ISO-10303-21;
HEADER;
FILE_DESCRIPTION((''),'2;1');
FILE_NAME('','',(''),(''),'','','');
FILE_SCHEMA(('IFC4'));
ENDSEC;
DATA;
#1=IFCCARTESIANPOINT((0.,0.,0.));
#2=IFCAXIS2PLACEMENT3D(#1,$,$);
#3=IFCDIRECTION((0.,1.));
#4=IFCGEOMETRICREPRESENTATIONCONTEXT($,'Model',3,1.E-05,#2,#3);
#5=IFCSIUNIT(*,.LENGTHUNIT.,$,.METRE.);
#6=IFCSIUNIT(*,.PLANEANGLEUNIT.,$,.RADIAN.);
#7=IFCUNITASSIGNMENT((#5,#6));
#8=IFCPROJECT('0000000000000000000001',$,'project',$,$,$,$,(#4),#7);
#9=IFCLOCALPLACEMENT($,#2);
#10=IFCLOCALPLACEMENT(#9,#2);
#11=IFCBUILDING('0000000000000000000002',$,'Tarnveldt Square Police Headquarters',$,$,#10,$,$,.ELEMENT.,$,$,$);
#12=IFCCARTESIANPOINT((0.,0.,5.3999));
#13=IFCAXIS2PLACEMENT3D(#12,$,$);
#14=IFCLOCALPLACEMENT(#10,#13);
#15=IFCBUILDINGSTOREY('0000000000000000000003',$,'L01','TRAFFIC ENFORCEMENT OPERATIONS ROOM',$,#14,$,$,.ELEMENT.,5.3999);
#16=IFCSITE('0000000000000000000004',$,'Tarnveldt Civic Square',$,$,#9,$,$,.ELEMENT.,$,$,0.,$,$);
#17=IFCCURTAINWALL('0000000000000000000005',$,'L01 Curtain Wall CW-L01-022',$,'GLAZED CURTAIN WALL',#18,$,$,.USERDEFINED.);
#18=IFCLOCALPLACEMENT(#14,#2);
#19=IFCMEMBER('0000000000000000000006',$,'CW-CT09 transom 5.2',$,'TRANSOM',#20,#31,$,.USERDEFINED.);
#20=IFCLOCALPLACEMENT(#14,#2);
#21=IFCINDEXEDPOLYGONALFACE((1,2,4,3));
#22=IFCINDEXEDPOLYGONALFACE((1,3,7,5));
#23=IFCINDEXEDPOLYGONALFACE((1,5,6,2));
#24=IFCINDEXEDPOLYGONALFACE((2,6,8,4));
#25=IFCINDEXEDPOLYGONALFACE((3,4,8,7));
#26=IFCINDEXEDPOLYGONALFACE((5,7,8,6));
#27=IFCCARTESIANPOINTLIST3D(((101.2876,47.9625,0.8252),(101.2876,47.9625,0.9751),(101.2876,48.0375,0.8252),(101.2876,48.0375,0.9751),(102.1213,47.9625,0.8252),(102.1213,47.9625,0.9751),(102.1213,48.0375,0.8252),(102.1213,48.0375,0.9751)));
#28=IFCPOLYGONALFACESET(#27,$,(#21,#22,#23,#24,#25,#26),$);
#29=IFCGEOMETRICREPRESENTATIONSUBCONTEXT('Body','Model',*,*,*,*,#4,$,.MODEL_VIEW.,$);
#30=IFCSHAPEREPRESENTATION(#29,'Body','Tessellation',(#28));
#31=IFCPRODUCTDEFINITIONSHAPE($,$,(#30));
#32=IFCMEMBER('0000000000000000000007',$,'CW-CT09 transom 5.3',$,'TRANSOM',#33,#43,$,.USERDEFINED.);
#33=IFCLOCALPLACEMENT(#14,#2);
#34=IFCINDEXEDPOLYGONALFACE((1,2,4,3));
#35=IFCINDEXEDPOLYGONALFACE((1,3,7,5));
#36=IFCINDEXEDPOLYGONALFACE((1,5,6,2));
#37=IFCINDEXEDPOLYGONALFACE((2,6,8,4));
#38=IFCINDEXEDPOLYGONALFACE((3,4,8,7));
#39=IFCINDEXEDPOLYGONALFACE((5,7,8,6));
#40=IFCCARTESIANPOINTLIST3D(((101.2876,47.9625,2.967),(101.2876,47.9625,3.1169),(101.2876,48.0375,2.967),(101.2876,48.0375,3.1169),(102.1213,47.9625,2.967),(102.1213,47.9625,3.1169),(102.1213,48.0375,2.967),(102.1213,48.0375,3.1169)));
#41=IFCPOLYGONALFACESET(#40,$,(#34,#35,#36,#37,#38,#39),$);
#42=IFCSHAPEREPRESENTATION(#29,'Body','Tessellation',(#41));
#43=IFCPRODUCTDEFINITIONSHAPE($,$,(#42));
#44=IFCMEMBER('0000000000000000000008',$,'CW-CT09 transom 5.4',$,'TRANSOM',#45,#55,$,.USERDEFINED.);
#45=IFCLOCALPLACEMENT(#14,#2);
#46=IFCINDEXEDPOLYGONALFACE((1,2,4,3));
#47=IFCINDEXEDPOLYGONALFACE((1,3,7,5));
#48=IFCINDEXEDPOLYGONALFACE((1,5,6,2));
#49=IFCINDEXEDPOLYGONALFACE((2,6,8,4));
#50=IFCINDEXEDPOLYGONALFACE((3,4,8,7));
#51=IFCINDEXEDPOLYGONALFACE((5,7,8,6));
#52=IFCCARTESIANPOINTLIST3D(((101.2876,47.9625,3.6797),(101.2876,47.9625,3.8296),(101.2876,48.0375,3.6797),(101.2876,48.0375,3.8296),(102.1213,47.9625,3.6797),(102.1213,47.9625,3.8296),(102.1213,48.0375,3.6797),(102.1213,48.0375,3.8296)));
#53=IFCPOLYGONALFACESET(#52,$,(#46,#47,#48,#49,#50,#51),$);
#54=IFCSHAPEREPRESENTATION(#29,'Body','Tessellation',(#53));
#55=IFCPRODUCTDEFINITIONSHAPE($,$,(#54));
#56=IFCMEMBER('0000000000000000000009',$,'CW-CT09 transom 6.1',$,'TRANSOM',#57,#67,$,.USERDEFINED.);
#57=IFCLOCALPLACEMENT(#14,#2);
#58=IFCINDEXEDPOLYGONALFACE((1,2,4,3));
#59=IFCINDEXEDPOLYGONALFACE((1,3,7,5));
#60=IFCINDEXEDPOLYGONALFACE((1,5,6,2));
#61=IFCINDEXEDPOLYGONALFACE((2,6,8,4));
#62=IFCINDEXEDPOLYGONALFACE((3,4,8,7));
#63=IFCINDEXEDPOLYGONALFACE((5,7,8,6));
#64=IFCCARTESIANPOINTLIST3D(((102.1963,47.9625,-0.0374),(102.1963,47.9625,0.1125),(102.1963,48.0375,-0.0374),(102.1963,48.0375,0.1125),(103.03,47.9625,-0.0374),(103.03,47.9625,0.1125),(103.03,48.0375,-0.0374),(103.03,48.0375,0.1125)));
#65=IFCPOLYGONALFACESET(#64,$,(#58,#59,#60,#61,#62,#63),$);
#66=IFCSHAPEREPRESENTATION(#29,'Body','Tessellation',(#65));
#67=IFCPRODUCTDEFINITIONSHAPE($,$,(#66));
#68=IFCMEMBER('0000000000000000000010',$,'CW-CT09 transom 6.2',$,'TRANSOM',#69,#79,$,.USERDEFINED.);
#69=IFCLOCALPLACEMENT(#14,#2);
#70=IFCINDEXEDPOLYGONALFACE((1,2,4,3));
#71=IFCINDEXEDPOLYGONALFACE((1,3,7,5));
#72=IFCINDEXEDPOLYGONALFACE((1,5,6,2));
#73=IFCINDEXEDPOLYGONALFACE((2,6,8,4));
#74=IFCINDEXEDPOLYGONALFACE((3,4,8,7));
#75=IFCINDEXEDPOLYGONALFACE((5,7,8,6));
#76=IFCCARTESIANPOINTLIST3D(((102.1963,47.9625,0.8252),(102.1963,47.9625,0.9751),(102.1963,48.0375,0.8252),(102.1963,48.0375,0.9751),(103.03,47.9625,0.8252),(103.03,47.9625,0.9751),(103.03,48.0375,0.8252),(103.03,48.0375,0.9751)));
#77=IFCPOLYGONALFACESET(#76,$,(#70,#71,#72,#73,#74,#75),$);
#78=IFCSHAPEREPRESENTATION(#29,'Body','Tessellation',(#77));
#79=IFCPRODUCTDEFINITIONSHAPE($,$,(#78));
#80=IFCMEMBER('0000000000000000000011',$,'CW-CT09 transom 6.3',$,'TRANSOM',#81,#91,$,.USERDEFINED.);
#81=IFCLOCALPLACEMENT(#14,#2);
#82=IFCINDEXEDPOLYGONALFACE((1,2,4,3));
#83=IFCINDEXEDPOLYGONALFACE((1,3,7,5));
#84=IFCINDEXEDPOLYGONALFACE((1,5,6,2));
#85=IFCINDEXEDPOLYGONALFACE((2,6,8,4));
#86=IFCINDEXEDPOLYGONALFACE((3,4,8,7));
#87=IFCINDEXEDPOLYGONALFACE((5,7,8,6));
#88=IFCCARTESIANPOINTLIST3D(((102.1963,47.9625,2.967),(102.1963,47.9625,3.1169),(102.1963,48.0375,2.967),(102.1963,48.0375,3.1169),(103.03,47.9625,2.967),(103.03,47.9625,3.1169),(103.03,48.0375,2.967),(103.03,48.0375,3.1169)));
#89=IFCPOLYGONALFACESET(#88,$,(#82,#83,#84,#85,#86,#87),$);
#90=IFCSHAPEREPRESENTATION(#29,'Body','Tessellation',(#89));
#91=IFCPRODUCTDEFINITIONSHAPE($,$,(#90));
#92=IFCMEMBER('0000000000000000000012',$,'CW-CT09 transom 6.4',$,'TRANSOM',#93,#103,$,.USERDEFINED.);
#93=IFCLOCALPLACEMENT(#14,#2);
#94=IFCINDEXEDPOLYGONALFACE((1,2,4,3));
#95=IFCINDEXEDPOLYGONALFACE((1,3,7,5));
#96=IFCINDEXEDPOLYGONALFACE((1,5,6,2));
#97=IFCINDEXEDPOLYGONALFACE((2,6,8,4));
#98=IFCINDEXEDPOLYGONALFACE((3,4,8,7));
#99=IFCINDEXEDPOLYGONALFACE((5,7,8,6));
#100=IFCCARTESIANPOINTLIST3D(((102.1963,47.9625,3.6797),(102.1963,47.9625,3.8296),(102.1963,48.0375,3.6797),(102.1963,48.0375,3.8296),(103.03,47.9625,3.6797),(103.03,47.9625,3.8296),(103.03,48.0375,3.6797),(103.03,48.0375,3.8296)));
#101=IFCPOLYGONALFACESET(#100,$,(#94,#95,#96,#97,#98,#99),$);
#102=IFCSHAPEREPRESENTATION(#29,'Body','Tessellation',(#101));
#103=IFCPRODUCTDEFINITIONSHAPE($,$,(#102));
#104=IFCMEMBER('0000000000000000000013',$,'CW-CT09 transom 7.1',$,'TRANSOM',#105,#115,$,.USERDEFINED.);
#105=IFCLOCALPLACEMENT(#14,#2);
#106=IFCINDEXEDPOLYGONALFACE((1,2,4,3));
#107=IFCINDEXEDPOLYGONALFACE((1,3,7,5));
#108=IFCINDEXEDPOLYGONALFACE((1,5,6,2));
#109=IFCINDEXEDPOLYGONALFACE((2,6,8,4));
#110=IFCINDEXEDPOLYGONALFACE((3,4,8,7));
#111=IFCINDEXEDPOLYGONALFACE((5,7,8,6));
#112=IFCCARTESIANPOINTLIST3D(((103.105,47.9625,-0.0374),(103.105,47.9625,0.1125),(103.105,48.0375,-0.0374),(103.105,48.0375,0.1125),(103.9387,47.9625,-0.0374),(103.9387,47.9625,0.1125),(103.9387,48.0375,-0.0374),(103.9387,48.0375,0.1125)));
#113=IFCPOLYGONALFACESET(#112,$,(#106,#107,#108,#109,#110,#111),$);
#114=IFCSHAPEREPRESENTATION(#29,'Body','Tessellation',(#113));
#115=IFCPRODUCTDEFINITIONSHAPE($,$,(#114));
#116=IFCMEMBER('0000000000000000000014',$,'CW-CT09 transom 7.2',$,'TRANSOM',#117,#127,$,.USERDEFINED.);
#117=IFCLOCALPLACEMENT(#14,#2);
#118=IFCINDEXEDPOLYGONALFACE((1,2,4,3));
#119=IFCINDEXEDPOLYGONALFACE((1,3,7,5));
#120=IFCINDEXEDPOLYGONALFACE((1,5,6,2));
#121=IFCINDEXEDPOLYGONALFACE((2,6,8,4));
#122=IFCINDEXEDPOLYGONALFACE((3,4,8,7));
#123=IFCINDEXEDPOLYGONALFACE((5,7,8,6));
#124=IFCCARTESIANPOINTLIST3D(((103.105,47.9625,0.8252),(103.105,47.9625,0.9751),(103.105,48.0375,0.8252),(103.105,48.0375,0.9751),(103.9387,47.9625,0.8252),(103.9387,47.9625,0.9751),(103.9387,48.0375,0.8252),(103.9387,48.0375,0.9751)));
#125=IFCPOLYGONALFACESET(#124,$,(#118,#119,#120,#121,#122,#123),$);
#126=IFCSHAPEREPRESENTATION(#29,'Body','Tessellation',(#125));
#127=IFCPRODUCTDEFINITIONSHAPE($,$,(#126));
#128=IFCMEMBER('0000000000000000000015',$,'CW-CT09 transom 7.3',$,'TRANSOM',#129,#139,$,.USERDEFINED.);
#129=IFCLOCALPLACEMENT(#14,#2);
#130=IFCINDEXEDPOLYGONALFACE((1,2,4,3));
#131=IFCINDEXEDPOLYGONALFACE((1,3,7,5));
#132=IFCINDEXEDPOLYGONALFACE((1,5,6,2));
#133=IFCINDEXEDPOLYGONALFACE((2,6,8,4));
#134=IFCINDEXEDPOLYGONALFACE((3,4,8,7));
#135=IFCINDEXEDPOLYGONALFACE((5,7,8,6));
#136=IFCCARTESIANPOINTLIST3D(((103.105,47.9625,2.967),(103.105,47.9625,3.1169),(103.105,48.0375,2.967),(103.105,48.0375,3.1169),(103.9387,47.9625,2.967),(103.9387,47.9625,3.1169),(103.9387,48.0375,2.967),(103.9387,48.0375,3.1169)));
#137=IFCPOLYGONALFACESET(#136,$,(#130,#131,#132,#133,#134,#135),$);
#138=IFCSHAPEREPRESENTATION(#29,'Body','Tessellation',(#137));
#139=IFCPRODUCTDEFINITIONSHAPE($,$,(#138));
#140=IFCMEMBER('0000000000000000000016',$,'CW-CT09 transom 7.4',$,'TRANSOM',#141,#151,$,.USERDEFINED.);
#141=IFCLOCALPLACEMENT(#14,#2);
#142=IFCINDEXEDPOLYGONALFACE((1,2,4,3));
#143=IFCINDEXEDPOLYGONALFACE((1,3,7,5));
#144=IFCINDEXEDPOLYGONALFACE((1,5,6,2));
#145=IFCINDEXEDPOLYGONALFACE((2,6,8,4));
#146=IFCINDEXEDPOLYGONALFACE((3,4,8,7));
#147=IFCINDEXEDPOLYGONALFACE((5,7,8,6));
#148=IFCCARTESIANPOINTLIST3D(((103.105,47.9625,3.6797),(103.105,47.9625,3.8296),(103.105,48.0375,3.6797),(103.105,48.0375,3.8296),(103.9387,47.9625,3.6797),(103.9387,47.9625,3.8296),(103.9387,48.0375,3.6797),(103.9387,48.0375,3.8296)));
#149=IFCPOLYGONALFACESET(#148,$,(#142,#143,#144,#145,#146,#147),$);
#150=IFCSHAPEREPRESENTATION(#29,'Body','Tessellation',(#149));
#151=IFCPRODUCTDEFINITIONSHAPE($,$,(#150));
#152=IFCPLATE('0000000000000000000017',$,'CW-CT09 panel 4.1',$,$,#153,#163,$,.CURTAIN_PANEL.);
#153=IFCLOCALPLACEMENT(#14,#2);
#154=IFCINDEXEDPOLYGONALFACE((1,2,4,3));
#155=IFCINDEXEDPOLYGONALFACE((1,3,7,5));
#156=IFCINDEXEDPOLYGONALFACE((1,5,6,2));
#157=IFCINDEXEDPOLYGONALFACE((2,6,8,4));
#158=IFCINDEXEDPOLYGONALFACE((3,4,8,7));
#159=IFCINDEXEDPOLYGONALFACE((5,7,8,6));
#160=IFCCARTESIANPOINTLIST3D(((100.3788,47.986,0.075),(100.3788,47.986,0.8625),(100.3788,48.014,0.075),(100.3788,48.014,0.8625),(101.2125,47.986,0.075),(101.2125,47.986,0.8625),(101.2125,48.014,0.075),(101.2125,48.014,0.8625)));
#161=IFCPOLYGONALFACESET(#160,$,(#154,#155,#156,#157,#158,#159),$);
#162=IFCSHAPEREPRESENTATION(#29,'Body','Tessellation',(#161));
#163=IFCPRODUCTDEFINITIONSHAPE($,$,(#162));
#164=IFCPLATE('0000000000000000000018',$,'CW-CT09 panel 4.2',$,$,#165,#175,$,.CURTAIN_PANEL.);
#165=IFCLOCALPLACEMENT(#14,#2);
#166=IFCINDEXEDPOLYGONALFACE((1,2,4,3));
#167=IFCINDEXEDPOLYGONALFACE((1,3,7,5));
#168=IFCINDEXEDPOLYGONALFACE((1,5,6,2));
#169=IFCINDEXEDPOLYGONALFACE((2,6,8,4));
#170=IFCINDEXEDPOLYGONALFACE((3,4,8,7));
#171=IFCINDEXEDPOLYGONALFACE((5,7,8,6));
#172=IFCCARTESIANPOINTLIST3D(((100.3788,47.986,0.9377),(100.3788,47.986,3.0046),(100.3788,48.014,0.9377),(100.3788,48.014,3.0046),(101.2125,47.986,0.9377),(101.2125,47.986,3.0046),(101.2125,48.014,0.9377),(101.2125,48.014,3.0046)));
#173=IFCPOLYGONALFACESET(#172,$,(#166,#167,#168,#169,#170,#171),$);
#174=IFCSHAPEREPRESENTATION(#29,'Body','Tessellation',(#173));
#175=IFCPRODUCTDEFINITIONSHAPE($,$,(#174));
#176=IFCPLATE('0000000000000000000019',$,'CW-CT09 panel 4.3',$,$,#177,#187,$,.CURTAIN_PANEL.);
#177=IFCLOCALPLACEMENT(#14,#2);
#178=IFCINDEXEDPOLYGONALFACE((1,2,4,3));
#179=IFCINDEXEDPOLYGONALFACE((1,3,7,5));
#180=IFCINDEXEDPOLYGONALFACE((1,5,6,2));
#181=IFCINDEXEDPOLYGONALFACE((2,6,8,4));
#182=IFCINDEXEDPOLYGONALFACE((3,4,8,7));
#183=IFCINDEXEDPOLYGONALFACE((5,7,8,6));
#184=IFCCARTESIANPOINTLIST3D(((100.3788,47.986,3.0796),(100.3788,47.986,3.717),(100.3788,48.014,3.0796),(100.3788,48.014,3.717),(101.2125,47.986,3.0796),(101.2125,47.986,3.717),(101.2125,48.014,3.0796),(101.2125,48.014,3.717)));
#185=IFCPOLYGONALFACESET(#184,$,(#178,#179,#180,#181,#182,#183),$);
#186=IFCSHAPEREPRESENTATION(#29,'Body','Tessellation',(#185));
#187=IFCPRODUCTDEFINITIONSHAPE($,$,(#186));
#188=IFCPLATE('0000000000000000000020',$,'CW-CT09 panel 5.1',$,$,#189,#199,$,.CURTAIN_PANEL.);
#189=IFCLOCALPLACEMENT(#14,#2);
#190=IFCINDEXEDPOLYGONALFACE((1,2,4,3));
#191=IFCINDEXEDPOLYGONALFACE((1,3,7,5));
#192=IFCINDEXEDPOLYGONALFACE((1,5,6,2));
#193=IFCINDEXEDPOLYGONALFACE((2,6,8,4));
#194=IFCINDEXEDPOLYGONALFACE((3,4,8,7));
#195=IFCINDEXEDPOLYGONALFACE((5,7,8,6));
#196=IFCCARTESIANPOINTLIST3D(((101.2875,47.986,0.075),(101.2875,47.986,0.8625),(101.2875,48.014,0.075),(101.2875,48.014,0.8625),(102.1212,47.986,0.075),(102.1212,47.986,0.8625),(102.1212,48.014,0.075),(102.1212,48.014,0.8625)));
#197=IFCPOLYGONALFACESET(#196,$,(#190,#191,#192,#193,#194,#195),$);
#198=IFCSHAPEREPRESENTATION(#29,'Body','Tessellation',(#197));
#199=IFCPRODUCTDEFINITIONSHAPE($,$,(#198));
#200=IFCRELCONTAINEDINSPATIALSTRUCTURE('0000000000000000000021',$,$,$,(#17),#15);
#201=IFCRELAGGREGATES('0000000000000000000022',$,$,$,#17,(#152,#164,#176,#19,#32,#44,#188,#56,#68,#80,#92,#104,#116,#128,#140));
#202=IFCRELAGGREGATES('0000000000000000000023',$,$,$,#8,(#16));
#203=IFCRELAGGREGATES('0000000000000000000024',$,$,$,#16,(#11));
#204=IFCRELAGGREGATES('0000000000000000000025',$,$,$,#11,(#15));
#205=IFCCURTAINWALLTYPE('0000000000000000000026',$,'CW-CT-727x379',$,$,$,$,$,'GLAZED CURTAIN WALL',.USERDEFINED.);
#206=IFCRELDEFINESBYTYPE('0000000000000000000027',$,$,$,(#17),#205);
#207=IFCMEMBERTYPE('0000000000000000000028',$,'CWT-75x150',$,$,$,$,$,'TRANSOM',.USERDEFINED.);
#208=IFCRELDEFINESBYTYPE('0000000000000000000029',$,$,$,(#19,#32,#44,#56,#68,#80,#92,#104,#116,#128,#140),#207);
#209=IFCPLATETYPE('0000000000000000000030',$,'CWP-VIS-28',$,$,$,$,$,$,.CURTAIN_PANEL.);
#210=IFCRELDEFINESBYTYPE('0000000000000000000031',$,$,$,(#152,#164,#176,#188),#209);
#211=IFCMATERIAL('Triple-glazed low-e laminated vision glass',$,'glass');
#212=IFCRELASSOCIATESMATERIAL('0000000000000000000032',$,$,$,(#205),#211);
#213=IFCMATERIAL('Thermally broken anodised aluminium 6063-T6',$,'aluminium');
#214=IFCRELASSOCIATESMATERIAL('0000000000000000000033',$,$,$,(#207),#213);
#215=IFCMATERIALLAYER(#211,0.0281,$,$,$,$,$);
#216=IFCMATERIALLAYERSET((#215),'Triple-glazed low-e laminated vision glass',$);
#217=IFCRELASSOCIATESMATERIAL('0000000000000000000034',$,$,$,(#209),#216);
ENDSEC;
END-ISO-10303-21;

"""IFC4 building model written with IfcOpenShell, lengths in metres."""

from ifc_helpers import new_model, si_unit, direction, frame, origin, origin_2d, place, context, subcontext, project, spatial, rectangle, extrude, material, layer, layer_set, material_profile, profile_set, type_object, element, aggregate, save


model = new_model("IFC4")

# Units and contexts
model_context = context("Model", 3, precision=1e-05, world=origin(), true_north=direction((0.0, 1.0)))
body_context = subcontext(model_context, "Body", "Model", "MODEL_VIEW")
ifc_project = project(units=[si_unit("LENGTHUNIT", "METRE"), si_unit("PLANEANGLEUNIT", "RADIAN")], contexts=[model_context])

# Site, building, storey
site_placement = place(None, origin())
site = spatial("IfcSite", under=ifc_project, at=site_placement, Name="Tarnveldt Civic Square", CompositionType="ELEMENT", RefElevation=0.0)
building_placement = place(site_placement, origin())
building = spatial("IfcBuilding", under=site, at=building_placement, Name="Tarnveldt Square Police Headquarters", CompositionType="ELEMENT")
storey_placement = place(building_placement, frame((0.0, 0.0, 5.3999)))
storey = spatial("IfcBuildingStorey", under=building, at=storey_placement, Name="L01", Description="TRAFFIC ENFORCEMENT OPERATIONS ROOM", CompositionType="ELEMENT", Elevation=5.3999)

# Curtain wall
ifc_material_1 = material(Name="Triple-glazed low-e laminated vision glass", Category="glass")
curtain_wall_type_1 = type_object("IfcCurtainWallType", Name="CW-CT-727x379", ElementType="GLAZED CURTAIN WALL", PredefinedType="USERDEFINED", material=ifc_material_1)
curtain_wall_1_placement = place(storey_placement, origin())
curtain_wall_1 = element("IfcCurtainWall", 1, at=curtain_wall_1_placement, inside=storey, type_object=curtain_wall_type_1, Name="L01 Curtain Wall CW-L01-022", ObjectType="GLAZED CURTAIN WALL", PredefinedType="USERDEFINED")
ifc_material_2 = material(Name="Thermally broken anodised aluminium 6063-T6", Category="aluminium")

# Members
ifc_material_profile_1 = material_profile(ifc_material_2, rectangle(XDim=0.075, YDim=0.1499, at=origin_2d()), Name="CW-T75x150")
ifc_profile_set_1 = profile_set([ifc_material_profile_1], Name="Thermally broken anodised aluminium 6063-T6")
member_type_1 = type_object("IfcMemberType", Name="CWT-75x150", ElementType="TRANSOM", PredefinedType="USERDEFINED", material=ifc_profile_set_1)
member_1_placement = place(storey_placement, frame((101.2876, 48.0, 0.9001), z_axis=(1.0, 0.0, 0.0), x_axis=(0.0, 1.0, 0.0)))
member_1 = element("IfcMember", 2, at=member_1_placement, type_object=member_type_1, Name="CW-CT09 transom 5.2", ObjectType="TRANSOM", PredefinedType="USERDEFINED", context=body_context, shape_type="SweptSolid", body=[
    extrude(rectangle(XDim=0.075, YDim=0.1499, at=origin_2d()), origin(), (0.0, 0.0, 1.0), 0.8337),
])
member_2_placement = place(storey_placement, frame((101.2876, 48.0, 3.042), z_axis=(1.0, 0.0, 0.0), x_axis=(0.0, 1.0, 0.0)))
member_2 = element("IfcMember", 3, at=member_2_placement, type_object=member_type_1, Name="CW-CT09 transom 5.3", ObjectType="TRANSOM", PredefinedType="USERDEFINED", context=body_context, shape_type="SweptSolid", body=[
    extrude(rectangle(XDim=0.075, YDim=0.1499, at=origin_2d()), origin(), (0.0, 0.0, 1.0), 0.8337),
])
member_3_placement = place(storey_placement, frame((101.2876, 48.0, 3.7546), z_axis=(1.0, 0.0, 0.0), x_axis=(0.0, 1.0, 0.0)))
member_3 = element("IfcMember", 4, at=member_3_placement, type_object=member_type_1, Name="CW-CT09 transom 5.4", ObjectType="TRANSOM", PredefinedType="USERDEFINED", context=body_context, shape_type="SweptSolid", body=[
    extrude(rectangle(XDim=0.075, YDim=0.1499, at=origin_2d()), origin(), (0.0, 0.0, 1.0), 0.8337),
])
member_4_placement = place(storey_placement, frame((102.1963, 48.0, 0.0376), z_axis=(1.0, 0.0, 0.0), x_axis=(0.0, 1.0, 0.0)))
member_4 = element("IfcMember", 5, at=member_4_placement, type_object=member_type_1, Name="CW-CT09 transom 6.1", ObjectType="TRANSOM", PredefinedType="USERDEFINED", context=body_context, shape_type="SweptSolid", body=[
    extrude(rectangle(XDim=0.075, YDim=0.1499, at=origin_2d()), origin(), (0.0, 0.0, 1.0), 0.8337),
])
member_5_placement = place(storey_placement, frame((102.1963, 48.0, 0.9001), z_axis=(1.0, 0.0, 0.0), x_axis=(0.0, 1.0, 0.0)))
member_5 = element("IfcMember", 6, at=member_5_placement, type_object=member_type_1, Name="CW-CT09 transom 6.2", ObjectType="TRANSOM", PredefinedType="USERDEFINED", context=body_context, shape_type="SweptSolid", body=[
    extrude(rectangle(XDim=0.075, YDim=0.1499, at=origin_2d()), origin(), (0.0, 0.0, 1.0), 0.8337),
])
member_6_placement = place(storey_placement, frame((102.1963, 48.0, 3.042), z_axis=(1.0, 0.0, 0.0), x_axis=(0.0, 1.0, 0.0)))
member_6 = element("IfcMember", 7, at=member_6_placement, type_object=member_type_1, Name="CW-CT09 transom 6.3", ObjectType="TRANSOM", PredefinedType="USERDEFINED", context=body_context, shape_type="SweptSolid", body=[
    extrude(rectangle(XDim=0.075, YDim=0.1499, at=origin_2d()), origin(), (0.0, 0.0, 1.0), 0.8337),
])
member_7_placement = place(storey_placement, frame((102.1963, 48.0, 3.7546), z_axis=(1.0, 0.0, 0.0), x_axis=(0.0, 1.0, 0.0)))
member_7 = element("IfcMember", 8, at=member_7_placement, type_object=member_type_1, Name="CW-CT09 transom 6.4", ObjectType="TRANSOM", PredefinedType="USERDEFINED", context=body_context, shape_type="SweptSolid", body=[
    extrude(rectangle(XDim=0.075, YDim=0.1499, at=origin_2d()), origin(), (0.0, 0.0, 1.0), 0.8337),
])
member_8_placement = place(storey_placement, frame((103.105, 48.0, 0.0376), z_axis=(1.0, 0.0, 0.0), x_axis=(0.0, 1.0, 0.0)))
member_8 = element("IfcMember", 9, at=member_8_placement, type_object=member_type_1, Name="CW-CT09 transom 7.1", ObjectType="TRANSOM", PredefinedType="USERDEFINED", context=body_context, shape_type="SweptSolid", body=[
    extrude(rectangle(XDim=0.075, YDim=0.1499, at=origin_2d()), origin(), (0.0, 0.0, 1.0), 0.8337),
])
member_9_placement = place(storey_placement, frame((103.105, 48.0, 0.9001), z_axis=(1.0, 0.0, 0.0), x_axis=(0.0, 1.0, 0.0)))
member_9 = element("IfcMember", 10, at=member_9_placement, type_object=member_type_1, Name="CW-CT09 transom 7.2", ObjectType="TRANSOM", PredefinedType="USERDEFINED", context=body_context, shape_type="SweptSolid", body=[
    extrude(rectangle(XDim=0.075, YDim=0.1499, at=origin_2d()), origin(), (0.0, 0.0, 1.0), 0.8337),
])
member_10_placement = place(storey_placement, frame((103.105, 48.0, 3.042), z_axis=(1.0, 0.0, 0.0), x_axis=(0.0, 1.0, 0.0)))
member_10 = element("IfcMember", 11, at=member_10_placement, type_object=member_type_1, Name="CW-CT09 transom 7.3", ObjectType="TRANSOM", PredefinedType="USERDEFINED", context=body_context, shape_type="SweptSolid", body=[
    extrude(rectangle(XDim=0.075, YDim=0.1499, at=origin_2d()), origin(), (0.0, 0.0, 1.0), 0.8337),
])
member_11_placement = place(storey_placement, frame((103.105, 48.0, 3.7546), z_axis=(1.0, 0.0, 0.0), x_axis=(0.0, 1.0, 0.0)))
member_11 = element("IfcMember", 12, at=member_11_placement, type_object=member_type_1, Name="CW-CT09 transom 7.4", ObjectType="TRANSOM", PredefinedType="USERDEFINED", context=body_context, shape_type="SweptSolid", body=[
    extrude(rectangle(XDim=0.075, YDim=0.1499, at=origin_2d()), origin(), (0.0, 0.0, 1.0), 0.8337),
])

# Plates
ifc_layer = layer(ifc_material_1, 0.0281)
ifc_layer_set = layer_set([ifc_layer], Name="Triple-glazed low-e laminated vision glass")
plate_type = type_object("IfcPlateType", Name="CWP-VIS-28", PredefinedType="CURTAIN_PANEL", material=ifc_layer_set)
plate_1_placement = place(storey_placement, frame((100.7957, 48.0, 0.075), z_axis=(0.0, 0.0, 1.0), x_axis=(1.0, 0.0, 0.0)))
plate_1 = element("IfcPlate", 13, at=plate_1_placement, type_object=plate_type, Name="CW-CT09 panel 4.1", PredefinedType="CURTAIN_PANEL", context=body_context, shape_type="SweptSolid", body=[
    extrude(rectangle(XDim=0.8337, YDim=0.0281, at=origin_2d()), origin(), (0.0, 0.0, 1.0), 0.7876),
])
plate_2_placement = place(storey_placement, frame((100.7957, 48.0, 0.9377), z_axis=(0.0, 0.0, 1.0), x_axis=(1.0, 0.0, 0.0)))
plate_2 = element("IfcPlate", 14, at=plate_2_placement, type_object=plate_type, Name="CW-CT09 panel 4.2", PredefinedType="CURTAIN_PANEL", context=body_context, shape_type="SweptSolid", body=[
    extrude(rectangle(XDim=0.8337, YDim=0.0281, at=origin_2d()), origin(), (0.0, 0.0, 1.0), 2.0669),
])
plate_3_placement = place(storey_placement, frame((100.7957, 48.0, 3.0796), z_axis=(0.0, 0.0, 1.0), x_axis=(1.0, 0.0, 0.0)))
plate_3 = element("IfcPlate", 15, at=plate_3_placement, type_object=plate_type, Name="CW-CT09 panel 4.3", PredefinedType="CURTAIN_PANEL", context=body_context, shape_type="SweptSolid", body=[
    extrude(rectangle(XDim=0.8337, YDim=0.0281, at=origin_2d()), origin(), (0.0, 0.0, 1.0), 0.6375),
])
plate_4_placement = place(storey_placement, frame((101.7043, 48.0, 0.075), z_axis=(0.0, 0.0, 1.0), x_axis=(1.0, 0.0, 0.0)))
plate_4 = element("IfcPlate", 16, at=plate_4_placement, type_object=plate_type, Name="CW-CT09 panel 5.1", PredefinedType="CURTAIN_PANEL", context=body_context, shape_type="SweptSolid", body=[
    extrude(rectangle(XDim=0.8337, YDim=0.0281, at=origin_2d()), origin(), (0.0, 0.0, 1.0), 0.7876),
])
aggregate(curtain_wall_1, [plate_1, plate_2, plate_3, member_1, member_2, member_3, plate_4, member_4, member_5, member_6, member_7, member_8, member_9, member_10, member_11])

save(model, "model.ifc")
